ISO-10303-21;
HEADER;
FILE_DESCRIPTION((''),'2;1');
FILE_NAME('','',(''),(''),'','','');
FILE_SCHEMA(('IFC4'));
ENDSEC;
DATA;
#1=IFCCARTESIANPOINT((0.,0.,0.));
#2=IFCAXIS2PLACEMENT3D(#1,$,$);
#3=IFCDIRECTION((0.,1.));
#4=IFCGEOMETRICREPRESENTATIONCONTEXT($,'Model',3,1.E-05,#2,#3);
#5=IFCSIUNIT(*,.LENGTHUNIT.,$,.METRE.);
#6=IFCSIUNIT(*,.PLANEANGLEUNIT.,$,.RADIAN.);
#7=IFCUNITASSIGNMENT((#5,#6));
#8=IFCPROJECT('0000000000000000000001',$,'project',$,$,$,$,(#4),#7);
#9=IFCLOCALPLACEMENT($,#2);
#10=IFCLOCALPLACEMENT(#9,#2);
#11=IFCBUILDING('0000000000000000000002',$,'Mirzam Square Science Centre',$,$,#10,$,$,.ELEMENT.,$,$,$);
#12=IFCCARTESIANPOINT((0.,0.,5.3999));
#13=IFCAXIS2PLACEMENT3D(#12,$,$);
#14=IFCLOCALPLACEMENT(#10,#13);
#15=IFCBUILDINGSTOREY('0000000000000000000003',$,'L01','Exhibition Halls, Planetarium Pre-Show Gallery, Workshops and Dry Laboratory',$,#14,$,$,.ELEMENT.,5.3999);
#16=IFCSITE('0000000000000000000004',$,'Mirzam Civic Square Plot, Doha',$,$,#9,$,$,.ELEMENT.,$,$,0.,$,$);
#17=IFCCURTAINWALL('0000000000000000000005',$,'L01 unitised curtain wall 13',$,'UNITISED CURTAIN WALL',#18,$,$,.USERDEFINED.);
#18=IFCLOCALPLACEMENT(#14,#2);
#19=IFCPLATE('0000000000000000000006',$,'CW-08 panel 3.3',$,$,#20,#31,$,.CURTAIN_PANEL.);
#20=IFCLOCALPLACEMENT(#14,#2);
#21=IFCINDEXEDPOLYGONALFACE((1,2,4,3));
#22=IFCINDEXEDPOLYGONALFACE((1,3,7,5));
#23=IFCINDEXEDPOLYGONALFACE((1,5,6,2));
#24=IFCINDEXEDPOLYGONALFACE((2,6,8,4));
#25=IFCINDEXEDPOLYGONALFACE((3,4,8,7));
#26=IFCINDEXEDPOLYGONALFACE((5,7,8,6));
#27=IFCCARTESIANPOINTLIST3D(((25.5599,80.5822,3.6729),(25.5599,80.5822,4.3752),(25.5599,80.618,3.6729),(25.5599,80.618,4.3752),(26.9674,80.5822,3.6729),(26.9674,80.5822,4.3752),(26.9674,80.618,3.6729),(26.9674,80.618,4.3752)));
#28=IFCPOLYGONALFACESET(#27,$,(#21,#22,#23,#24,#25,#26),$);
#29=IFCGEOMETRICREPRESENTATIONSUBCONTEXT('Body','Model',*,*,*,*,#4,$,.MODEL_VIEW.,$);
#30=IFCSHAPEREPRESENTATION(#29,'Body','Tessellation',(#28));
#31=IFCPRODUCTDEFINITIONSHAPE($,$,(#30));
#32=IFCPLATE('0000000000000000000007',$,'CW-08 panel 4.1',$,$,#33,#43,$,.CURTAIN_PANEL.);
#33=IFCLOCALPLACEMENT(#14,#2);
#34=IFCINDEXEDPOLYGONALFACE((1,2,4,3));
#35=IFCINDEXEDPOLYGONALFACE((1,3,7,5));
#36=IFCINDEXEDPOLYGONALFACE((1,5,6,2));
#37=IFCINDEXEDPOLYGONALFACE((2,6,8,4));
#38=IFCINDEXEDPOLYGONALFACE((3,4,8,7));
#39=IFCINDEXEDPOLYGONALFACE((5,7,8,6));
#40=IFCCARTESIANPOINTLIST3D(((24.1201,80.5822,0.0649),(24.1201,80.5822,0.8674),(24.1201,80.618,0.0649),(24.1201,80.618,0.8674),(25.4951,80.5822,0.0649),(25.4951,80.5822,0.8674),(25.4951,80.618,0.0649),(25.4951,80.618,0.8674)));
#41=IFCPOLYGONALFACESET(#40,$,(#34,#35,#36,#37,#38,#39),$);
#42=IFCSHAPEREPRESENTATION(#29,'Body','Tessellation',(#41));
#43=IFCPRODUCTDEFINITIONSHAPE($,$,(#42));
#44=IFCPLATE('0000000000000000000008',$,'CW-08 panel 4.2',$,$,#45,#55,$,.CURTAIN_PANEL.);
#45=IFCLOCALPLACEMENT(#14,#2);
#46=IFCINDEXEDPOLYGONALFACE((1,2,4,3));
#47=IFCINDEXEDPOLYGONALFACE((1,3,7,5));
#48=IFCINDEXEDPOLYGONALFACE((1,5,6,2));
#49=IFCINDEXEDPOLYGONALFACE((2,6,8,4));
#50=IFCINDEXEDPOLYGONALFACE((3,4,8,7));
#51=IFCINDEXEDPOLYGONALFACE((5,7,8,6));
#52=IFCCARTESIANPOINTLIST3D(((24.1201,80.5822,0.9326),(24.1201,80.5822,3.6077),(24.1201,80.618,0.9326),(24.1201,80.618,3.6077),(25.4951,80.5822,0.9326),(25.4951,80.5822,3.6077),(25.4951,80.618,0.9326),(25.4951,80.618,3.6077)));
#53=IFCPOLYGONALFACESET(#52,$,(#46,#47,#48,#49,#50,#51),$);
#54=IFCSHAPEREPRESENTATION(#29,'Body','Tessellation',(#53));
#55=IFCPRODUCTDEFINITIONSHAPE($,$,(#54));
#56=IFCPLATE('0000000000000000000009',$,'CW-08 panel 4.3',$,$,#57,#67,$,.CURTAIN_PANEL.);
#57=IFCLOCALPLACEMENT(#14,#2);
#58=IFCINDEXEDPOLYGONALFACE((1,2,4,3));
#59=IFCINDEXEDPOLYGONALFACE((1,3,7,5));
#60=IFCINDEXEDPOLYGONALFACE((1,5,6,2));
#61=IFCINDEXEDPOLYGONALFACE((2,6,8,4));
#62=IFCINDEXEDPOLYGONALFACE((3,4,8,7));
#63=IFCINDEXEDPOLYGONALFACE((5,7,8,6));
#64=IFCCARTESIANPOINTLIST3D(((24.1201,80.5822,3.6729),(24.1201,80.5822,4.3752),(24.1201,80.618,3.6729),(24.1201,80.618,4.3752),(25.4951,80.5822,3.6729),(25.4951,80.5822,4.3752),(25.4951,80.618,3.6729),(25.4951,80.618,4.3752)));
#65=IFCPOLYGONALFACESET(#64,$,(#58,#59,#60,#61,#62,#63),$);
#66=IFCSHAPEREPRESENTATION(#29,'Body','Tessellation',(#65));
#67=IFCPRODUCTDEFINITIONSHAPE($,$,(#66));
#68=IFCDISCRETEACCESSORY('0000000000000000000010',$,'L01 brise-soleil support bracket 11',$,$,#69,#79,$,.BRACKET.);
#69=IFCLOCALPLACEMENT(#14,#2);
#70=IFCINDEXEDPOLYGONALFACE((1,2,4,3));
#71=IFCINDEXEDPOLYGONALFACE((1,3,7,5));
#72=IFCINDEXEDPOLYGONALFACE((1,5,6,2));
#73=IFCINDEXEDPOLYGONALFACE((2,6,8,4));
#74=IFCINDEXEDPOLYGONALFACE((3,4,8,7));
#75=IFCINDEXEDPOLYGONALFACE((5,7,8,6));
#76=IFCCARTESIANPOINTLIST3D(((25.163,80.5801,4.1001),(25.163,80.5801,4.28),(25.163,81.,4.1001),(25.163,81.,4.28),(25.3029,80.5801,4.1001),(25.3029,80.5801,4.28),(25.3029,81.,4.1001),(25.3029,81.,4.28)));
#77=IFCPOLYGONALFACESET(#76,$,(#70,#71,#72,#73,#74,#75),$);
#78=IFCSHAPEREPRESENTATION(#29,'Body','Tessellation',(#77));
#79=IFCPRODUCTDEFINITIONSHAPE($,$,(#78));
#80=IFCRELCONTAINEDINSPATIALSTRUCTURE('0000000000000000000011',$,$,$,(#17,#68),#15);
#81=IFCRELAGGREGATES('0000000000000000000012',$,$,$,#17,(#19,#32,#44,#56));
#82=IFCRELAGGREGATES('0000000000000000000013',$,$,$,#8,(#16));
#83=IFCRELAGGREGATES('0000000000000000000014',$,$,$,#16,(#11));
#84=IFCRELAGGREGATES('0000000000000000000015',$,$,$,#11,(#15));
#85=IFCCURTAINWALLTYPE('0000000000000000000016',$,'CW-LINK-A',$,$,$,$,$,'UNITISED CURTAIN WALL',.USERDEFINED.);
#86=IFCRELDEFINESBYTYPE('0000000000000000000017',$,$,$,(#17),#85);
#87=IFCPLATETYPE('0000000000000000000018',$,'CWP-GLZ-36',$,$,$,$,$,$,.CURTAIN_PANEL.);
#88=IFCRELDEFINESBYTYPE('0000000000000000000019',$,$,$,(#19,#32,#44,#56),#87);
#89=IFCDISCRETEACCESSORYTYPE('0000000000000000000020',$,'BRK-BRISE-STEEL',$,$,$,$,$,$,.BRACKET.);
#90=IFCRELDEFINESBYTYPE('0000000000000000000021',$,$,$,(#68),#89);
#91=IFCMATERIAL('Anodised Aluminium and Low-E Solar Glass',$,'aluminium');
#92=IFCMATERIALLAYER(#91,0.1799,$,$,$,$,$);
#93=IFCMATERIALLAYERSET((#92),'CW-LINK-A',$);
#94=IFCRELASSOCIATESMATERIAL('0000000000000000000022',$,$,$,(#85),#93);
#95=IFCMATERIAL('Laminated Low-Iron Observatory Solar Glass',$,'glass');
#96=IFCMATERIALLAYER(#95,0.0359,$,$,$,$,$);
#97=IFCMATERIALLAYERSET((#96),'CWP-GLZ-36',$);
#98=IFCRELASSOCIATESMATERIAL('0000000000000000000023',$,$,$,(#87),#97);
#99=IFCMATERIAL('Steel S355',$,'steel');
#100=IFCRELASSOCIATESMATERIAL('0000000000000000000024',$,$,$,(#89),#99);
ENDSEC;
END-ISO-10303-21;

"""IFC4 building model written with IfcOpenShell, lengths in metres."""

from ifc_helpers import new_model, si_unit, direction, frame, origin, origin_2d, place, context, subcontext, project, spatial, rectangle, extrude, material, layer, layer_set, type_object, element, aggregate, save


model = new_model("IFC4")

# Units and contexts
model_context = context("Model", 3, precision=1e-05, world=origin(), true_north=direction((0.0, 1.0)))
body_context = subcontext(model_context, "Body", "Model", "MODEL_VIEW")
ifc_project = project(units=[si_unit("LENGTHUNIT", "METRE"), si_unit("PLANEANGLEUNIT", "RADIAN")], contexts=[model_context])

# Site, building, storey
site_placement = place(None, origin())
site = spatial("IfcSite", under=ifc_project, at=site_placement, Name="Mirzam Civic Square Plot, Doha", CompositionType="ELEMENT", RefElevation=0.0)
building_placement = place(site_placement, origin())
building = spatial("IfcBuilding", under=site, at=building_placement, Name="Mirzam Square Science Centre", CompositionType="ELEMENT")
storey_placement = place(building_placement, frame((0.0, 0.0, 5.3999)))
storey = spatial("IfcBuildingStorey", under=building, at=storey_placement, Name="L01", Description="Exhibition Halls, Planetarium Pre-Show Gallery, Workshops and Dry Laboratory", CompositionType="ELEMENT", Elevation=5.3999)

# Shared definitions
ifc_material_1 = material(Name="Steel S355", Category="steel")

# Shared definitions
ifc_material_2 = material(Name="Anodised Aluminium and Low-E Solar Glass", Category="aluminium")

# Curtain wall
ifc_layer_1 = layer(ifc_material_2, 0.1799)
ifc_layer_set_1 = layer_set([ifc_layer_1], Name="CW-LINK-A")
curtain_wall_type_1 = type_object("IfcCurtainWallType", Name="CW-LINK-A", ElementType="UNITISED CURTAIN WALL", PredefinedType="USERDEFINED", material=ifc_layer_set_1)
curtain_wall_1_placement = place(storey_placement, origin())
curtain_wall_1 = element("IfcCurtainWall", 1, at=curtain_wall_1_placement, inside=storey, type_object=curtain_wall_type_1, Name="L01 unitised curtain wall 13", ObjectType="UNITISED CURTAIN WALL", PredefinedType="USERDEFINED")

# Plates
ifc_material_3 = material(Name="Laminated Low-Iron Observatory Solar Glass", Category="glass")
ifc_layer_2 = layer(ifc_material_3, 0.0359)
ifc_layer_set_2 = layer_set([ifc_layer_2], Name="CWP-GLZ-36")
plate_type_1 = type_object("IfcPlateType", Name="CWP-GLZ-36", PredefinedType="CURTAIN_PANEL", material=ifc_layer_set_2)
plate_1_placement = place(storey_placement, frame((26.2637, 80.6001, 3.6729), z_axis=(0.0, 0.0, 1.0), x_axis=(-1.0, 0.0, 0.0)))
plate_1 = element("IfcPlate", 2, at=plate_1_placement, type_object=plate_type_1, Name="CW-08 panel 3.3", PredefinedType="CURTAIN_PANEL", context=body_context, shape_type="SweptSolid", body=[
    extrude(rectangle(XDim=1.4075, YDim=0.0359, at=origin_2d()), origin(), (0.0, 0.0, 1.0), 0.7024),
])
plate_2_placement = place(storey_placement, frame((24.8076, 80.6001, 0.0649), z_axis=(0.0, 0.0, 1.0), x_axis=(-1.0, 0.0, 0.0)))
plate_2 = element("IfcPlate", 3, at=plate_2_placement, type_object=plate_type_1, Name="CW-08 panel 4.1", PredefinedType="CURTAIN_PANEL", context=body_context, shape_type="SweptSolid", body=[
    extrude(rectangle(XDim=1.375, YDim=0.0359, at=origin_2d()), origin(), (0.0, 0.0, 1.0), 0.8025),
])
plate_3_placement = place(storey_placement, frame((24.8076, 80.6001, 0.9326), z_axis=(0.0, 0.0, 1.0), x_axis=(-1.0, 0.0, 0.0)))
plate_3 = element("IfcPlate", 4, at=plate_3_placement, type_object=plate_type_1, Name="CW-08 panel 4.2", PredefinedType="CURTAIN_PANEL", context=body_context, shape_type="SweptSolid", body=[
    extrude(rectangle(XDim=1.375, YDim=0.0359, at=origin_2d()), origin(), (0.0, 0.0, 1.0), 2.675),
])
plate_4_placement = place(storey_placement, frame((24.8076, 80.6001, 3.6729), z_axis=(0.0, 0.0, 1.0), x_axis=(-1.0, 0.0, 0.0)))
plate_4 = element("IfcPlate", 5, at=plate_4_placement, type_object=plate_type_1, Name="CW-08 panel 4.3", PredefinedType="CURTAIN_PANEL", context=body_context, shape_type="SweptSolid", body=[
    extrude(rectangle(XDim=1.375, YDim=0.0359, at=origin_2d()), origin(), (0.0, 0.0, 1.0), 0.7024),
])
aggregate(curtain_wall_1, [plate_1, plate_2, plate_3, plate_4])

# Discrete accessory
discrete_accessory_type = type_object("IfcDiscreteAccessoryType", Name="BRK-BRISE-STEEL", PredefinedType="BRACKET", material=ifc_material_1)
discrete_accessory_placement = place(storey_placement, frame((25.2329, 80.79, 4.1001), z_axis=(0.0, 0.0, 1.0), x_axis=(-1.0, 0.0, 0.0)))
element("IfcDiscreteAccessory", 6, at=discrete_accessory_placement, inside=storey, type_object=discrete_accessory_type, Name="L01 brise-soleil support bracket 11", PredefinedType="BRACKET", context=body_context, shape_type="SweptSolid", body=[
    extrude(rectangle(XDim=0.1399, YDim=0.4199, at=origin_2d()), origin(), (0.0, 0.0, 1.0), 0.1799),
])

save(model, "model.ifc")
